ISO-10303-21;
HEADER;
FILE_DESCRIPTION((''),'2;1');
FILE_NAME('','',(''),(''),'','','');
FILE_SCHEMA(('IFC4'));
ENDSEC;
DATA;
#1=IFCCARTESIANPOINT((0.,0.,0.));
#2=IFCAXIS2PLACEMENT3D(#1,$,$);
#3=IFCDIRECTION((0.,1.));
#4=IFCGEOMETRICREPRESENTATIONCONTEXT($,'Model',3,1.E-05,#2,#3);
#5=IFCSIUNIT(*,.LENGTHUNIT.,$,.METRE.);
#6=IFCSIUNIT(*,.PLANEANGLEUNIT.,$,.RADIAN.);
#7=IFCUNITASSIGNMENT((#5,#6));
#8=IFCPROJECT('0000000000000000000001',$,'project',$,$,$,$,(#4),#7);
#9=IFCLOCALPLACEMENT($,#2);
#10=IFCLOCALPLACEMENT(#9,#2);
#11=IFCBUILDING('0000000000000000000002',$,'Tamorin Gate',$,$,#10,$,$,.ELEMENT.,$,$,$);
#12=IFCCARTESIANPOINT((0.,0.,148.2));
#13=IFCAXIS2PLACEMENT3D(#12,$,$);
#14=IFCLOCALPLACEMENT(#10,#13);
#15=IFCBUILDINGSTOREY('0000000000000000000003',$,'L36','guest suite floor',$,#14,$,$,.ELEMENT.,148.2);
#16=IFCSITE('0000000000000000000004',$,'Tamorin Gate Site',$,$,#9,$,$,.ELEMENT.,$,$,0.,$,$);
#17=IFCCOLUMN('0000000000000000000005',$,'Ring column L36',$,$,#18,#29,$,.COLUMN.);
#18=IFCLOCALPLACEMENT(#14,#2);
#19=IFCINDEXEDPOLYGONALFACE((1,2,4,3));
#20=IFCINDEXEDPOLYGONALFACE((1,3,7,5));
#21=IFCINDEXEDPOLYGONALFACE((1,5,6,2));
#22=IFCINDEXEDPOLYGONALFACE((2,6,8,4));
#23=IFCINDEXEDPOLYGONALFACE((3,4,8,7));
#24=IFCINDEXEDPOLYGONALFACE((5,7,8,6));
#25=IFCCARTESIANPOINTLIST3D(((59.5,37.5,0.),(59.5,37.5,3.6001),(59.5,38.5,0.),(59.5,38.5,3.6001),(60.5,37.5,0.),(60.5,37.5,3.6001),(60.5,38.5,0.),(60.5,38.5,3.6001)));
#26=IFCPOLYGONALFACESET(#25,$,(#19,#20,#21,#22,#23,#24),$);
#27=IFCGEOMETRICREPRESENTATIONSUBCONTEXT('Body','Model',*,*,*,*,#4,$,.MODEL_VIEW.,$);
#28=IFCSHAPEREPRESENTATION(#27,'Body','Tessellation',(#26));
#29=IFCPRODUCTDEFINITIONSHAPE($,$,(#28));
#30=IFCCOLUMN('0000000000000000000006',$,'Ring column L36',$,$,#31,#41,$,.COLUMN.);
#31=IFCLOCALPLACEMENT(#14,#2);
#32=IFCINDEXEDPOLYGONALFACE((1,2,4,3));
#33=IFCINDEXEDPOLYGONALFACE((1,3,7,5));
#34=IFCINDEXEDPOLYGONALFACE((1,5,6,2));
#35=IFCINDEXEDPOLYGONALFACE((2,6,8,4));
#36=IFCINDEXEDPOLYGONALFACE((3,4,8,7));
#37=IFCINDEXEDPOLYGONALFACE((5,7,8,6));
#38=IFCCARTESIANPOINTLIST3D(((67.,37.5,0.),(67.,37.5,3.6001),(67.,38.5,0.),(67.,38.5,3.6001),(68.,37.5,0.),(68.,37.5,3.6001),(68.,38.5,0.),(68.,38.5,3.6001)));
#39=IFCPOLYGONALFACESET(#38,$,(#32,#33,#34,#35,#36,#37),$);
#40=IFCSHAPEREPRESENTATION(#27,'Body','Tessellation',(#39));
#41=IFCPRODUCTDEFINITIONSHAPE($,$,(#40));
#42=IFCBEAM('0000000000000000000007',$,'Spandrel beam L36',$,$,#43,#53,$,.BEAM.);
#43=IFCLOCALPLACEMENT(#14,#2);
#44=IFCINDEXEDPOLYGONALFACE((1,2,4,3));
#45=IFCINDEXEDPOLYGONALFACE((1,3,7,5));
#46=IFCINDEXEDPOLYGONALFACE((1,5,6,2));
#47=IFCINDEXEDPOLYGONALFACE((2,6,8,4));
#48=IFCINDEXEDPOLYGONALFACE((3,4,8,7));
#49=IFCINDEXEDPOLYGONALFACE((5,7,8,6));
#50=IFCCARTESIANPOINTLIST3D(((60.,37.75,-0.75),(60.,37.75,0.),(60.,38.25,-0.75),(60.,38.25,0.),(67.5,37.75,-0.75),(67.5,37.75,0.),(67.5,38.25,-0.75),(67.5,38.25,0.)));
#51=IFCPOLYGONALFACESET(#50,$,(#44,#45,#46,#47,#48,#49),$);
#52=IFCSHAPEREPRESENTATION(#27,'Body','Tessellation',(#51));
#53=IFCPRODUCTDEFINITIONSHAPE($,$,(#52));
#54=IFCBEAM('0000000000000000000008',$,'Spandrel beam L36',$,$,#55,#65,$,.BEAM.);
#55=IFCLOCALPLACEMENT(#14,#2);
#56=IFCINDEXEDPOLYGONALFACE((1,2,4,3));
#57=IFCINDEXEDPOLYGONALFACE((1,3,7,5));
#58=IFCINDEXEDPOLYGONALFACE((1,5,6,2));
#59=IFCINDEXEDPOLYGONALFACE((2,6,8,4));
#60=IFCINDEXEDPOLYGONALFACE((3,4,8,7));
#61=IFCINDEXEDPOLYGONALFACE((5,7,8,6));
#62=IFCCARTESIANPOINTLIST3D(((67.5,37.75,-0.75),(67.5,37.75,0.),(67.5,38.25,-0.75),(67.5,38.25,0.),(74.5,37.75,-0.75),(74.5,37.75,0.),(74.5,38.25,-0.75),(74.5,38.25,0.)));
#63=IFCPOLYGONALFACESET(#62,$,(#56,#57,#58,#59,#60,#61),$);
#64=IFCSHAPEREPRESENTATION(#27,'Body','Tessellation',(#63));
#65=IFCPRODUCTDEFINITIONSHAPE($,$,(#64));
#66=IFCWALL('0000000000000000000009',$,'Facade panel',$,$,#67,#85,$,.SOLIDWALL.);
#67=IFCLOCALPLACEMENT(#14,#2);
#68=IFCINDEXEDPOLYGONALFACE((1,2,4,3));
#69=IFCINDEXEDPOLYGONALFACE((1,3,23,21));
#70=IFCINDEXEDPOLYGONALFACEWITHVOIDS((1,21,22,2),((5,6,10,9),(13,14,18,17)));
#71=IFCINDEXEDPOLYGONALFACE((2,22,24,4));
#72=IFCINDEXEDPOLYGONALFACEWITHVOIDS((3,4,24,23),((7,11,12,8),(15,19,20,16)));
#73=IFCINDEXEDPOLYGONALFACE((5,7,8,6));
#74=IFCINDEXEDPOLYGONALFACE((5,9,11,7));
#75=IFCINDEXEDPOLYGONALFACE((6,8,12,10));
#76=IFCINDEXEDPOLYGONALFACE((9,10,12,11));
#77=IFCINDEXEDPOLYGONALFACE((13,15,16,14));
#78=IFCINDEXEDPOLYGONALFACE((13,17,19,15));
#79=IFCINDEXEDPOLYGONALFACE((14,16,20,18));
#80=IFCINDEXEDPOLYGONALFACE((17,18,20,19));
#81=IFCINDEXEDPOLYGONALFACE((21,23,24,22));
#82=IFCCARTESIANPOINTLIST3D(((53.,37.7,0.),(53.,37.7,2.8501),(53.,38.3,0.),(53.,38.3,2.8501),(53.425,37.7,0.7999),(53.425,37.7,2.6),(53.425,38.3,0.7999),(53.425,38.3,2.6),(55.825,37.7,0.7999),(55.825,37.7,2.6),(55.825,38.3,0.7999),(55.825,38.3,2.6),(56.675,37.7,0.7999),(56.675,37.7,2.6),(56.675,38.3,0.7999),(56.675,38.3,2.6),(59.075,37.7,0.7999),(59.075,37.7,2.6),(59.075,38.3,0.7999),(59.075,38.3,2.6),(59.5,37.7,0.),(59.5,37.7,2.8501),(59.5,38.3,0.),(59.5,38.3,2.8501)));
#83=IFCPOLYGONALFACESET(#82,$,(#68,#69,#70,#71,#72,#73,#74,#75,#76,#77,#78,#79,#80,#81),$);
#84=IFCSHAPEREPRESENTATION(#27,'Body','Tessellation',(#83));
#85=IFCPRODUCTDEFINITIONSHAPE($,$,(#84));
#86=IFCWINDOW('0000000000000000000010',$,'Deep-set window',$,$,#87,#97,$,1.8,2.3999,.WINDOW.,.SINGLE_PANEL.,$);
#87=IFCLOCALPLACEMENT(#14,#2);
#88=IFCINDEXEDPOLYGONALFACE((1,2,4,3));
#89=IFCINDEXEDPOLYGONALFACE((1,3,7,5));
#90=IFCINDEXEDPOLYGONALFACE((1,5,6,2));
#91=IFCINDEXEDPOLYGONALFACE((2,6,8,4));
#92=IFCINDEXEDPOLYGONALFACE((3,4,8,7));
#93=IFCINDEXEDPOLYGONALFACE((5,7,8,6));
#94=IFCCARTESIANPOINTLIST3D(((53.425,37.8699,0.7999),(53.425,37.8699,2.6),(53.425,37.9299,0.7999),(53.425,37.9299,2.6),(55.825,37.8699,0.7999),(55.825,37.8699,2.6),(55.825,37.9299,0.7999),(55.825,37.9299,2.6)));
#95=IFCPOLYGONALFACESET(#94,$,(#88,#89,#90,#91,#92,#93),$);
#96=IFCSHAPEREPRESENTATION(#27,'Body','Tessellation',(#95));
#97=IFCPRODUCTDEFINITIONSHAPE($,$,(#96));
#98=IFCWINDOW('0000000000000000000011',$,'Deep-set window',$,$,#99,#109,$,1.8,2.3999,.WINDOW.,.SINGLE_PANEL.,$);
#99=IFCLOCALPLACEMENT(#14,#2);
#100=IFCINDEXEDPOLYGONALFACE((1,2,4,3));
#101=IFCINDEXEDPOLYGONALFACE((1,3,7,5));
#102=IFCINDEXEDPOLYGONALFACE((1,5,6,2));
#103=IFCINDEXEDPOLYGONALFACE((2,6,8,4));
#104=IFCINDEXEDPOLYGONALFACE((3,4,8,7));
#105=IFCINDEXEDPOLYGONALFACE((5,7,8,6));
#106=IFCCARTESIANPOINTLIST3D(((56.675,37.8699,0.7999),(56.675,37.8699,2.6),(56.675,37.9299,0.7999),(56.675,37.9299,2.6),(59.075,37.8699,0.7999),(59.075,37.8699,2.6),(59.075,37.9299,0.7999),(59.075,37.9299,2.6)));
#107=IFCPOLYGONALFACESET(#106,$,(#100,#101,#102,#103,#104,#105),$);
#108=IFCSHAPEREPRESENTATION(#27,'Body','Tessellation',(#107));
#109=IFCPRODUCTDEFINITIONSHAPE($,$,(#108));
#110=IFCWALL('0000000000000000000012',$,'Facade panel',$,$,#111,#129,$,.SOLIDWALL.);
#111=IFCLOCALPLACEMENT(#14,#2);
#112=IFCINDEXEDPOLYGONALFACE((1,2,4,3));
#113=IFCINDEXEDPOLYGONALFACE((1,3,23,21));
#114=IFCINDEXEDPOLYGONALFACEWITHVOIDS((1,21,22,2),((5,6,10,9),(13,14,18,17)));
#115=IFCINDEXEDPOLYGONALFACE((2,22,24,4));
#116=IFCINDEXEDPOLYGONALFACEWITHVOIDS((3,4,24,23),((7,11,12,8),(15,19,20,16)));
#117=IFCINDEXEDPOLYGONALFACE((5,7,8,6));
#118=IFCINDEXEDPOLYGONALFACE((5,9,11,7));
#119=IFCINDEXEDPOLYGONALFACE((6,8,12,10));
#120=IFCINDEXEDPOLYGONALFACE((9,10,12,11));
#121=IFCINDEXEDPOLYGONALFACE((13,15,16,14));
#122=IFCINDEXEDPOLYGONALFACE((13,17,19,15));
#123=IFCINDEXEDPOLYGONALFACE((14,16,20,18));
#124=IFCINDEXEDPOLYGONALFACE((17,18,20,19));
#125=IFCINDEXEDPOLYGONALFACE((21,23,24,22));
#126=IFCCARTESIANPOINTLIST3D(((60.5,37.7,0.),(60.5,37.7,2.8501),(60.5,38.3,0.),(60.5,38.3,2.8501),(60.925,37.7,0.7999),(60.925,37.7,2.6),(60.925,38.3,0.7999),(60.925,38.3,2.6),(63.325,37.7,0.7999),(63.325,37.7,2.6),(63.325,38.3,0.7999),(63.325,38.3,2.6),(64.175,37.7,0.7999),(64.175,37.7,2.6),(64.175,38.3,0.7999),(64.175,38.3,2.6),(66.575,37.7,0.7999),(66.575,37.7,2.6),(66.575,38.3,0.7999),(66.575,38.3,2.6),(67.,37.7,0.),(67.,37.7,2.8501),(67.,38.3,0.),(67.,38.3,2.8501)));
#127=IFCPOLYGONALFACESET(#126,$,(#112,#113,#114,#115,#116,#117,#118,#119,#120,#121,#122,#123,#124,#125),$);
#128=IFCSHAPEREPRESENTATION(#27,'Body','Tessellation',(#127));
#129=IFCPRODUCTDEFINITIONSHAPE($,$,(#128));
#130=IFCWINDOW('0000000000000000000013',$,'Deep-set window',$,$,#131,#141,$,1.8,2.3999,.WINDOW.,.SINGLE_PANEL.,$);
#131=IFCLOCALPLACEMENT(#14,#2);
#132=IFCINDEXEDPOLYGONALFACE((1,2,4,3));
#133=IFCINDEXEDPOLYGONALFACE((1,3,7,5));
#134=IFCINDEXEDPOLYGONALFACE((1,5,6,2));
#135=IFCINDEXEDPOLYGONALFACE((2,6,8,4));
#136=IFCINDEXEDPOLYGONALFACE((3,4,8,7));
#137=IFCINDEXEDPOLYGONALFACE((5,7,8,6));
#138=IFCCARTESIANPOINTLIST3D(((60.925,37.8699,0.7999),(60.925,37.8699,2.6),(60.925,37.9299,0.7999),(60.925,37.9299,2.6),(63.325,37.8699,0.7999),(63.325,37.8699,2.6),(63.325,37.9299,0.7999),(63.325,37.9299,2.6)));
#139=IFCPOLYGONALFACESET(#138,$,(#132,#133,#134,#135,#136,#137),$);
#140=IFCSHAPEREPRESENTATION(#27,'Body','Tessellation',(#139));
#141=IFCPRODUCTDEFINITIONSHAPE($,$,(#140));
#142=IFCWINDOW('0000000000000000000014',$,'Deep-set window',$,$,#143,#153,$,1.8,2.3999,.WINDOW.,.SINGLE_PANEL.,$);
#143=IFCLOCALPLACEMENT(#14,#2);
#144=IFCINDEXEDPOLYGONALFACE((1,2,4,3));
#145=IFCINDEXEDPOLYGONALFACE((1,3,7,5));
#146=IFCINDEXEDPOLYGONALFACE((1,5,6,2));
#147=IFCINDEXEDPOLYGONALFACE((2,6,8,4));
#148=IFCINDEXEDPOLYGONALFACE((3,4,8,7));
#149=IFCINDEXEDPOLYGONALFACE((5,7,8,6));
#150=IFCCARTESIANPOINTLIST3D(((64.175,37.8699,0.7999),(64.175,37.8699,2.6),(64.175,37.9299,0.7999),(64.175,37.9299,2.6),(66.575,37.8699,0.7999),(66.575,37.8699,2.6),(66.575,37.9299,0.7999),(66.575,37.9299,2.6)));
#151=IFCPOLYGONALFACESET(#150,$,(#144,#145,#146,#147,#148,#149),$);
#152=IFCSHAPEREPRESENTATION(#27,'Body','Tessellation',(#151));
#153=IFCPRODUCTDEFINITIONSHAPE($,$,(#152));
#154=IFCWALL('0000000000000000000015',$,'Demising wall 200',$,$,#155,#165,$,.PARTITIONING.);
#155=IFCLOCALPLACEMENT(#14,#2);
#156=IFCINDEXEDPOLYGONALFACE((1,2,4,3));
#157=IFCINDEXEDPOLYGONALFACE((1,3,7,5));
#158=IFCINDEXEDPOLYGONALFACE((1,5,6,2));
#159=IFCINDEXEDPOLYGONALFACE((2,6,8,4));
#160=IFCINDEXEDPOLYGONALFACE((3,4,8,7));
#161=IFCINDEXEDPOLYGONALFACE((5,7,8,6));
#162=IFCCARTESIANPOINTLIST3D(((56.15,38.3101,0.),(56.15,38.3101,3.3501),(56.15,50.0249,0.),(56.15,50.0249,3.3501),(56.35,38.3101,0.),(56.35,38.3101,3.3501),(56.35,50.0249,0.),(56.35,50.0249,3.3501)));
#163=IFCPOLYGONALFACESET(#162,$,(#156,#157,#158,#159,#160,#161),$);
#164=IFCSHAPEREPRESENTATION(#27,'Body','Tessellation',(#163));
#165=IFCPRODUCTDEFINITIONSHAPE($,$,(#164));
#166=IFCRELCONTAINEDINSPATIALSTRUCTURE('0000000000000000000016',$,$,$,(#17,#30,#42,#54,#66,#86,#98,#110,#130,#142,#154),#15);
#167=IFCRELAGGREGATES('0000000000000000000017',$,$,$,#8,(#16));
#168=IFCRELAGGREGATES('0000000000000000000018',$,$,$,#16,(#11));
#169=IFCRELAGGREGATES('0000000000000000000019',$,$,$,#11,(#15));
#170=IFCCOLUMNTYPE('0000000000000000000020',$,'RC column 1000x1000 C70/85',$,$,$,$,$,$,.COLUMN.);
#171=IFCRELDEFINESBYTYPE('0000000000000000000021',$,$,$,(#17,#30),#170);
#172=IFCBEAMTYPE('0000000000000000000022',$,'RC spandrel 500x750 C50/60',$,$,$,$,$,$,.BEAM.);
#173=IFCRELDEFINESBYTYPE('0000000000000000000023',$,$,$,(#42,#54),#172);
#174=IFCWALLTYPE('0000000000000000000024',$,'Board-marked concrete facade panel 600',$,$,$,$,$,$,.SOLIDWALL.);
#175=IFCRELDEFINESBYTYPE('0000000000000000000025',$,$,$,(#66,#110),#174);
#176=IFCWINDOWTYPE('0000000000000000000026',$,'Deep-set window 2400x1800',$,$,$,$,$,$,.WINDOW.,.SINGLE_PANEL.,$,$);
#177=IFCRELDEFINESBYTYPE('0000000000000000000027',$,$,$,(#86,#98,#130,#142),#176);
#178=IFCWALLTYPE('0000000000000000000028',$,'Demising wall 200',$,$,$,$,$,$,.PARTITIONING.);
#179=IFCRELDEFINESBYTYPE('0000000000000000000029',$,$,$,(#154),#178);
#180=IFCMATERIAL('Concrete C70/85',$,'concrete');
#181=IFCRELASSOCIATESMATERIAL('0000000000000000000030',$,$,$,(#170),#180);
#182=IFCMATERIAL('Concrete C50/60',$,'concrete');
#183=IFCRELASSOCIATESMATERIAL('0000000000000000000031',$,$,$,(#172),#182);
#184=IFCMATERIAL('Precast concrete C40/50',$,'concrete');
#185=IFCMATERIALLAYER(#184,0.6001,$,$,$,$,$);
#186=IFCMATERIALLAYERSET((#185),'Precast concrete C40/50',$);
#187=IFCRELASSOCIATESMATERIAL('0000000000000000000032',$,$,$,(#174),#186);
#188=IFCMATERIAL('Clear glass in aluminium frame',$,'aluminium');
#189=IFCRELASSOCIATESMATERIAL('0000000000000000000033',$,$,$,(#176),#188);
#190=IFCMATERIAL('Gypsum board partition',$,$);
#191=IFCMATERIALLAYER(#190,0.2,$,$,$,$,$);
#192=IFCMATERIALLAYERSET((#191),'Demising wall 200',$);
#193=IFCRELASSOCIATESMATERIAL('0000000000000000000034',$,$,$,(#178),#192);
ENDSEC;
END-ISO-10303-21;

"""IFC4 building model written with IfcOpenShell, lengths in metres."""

from ifc_helpers import new_model, si_unit, direction, frame, frame_2d, origin, origin_2d, place, context, subcontext, project, spatial, rectangle, extrude, material, layer, layer_set, material_profile, profile_set, type_object, element, fill, save


model = new_model("IFC4")

# Units and contexts
model_context = context("Model", 3, precision=1e-05, world=origin(), true_north=direction((0.0, 1.0)))
body_context = subcontext(model_context, "Body", "Model", "MODEL_VIEW")
ifc_project = project(units=[si_unit("LENGTHUNIT", "METRE"), si_unit("PLANEANGLEUNIT", "RADIAN")], contexts=[model_context])

# Site, building, storey
site_placement = place(None, origin())
site = spatial("IfcSite", under=ifc_project, at=site_placement, Name="Tamorin Gate Site", CompositionType="ELEMENT", RefElevation=0.0)
building_placement = place(site_placement, origin())
building = spatial("IfcBuilding", under=site, at=building_placement, Name="Tamorin Gate", CompositionType="ELEMENT")
storey_placement = place(building_placement, frame((0.0, 0.0, 148.2)))
storey = spatial("IfcBuildingStorey", under=building, at=storey_placement, Name="L36", Description="guest suite floor", CompositionType="ELEMENT", Elevation=148.2)

# Columns
ifc_material_1 = material(Name="Concrete C70/85", Category="concrete")
ifc_material_profile_1 = material_profile(ifc_material_1, rectangle(XDim=1.0, YDim=1.0, at=origin_2d()), Name="RC 1000x1000")
ifc_profile_set_1 = profile_set([ifc_material_profile_1], Name="Concrete C70/85")
column_type = type_object("IfcColumnType", Name="RC column 1000x1000 C70/85", PredefinedType="COLUMN", material=ifc_profile_set_1)
for number, where, z_axis, x_axis, name in (
    (1, (60.0, 38.0, 0.0), (0.0, 0.0, 1.0), (1.0, 0.0, 0.0), "Ring column L36"),
    (2, (67.5, 38.0, 0.0), (0.0, 0.0, 1.0), (1.0, 0.0, 0.0), "Ring column L36"),
):
    element("IfcColumn", number, at=place(storey_placement, frame(where, z_axis=z_axis, x_axis=x_axis)), inside=storey, type_object=column_type, Name=name, PredefinedType="COLUMN", context=body_context, shape_type="SweptSolid", body=[
        extrude(rectangle(XDim=1.0, YDim=1.0, at=origin_2d()), origin(), (0.0, 0.0, 1.0), 3.6001),
    ])

# Beams
ifc_material_2 = material(Name="Concrete C50/60", Category="concrete")
ifc_material_profile_2 = material_profile(ifc_material_2, rectangle(XDim=0.5, YDim=0.75, at=origin_2d()), Name="RC 500x750")
ifc_profile_set_2 = profile_set([ifc_material_profile_2], Name="Concrete C50/60")
beam_type = type_object("IfcBeamType", Name="RC spandrel 500x750 C50/60", PredefinedType="BEAM", material=ifc_profile_set_2)
beam_1_placement = place(storey_placement, frame((60.0, 38.0, -0.375), z_axis=(1.0, 0.0, 0.0), x_axis=(0.0, 1.0, 0.0)))
element("IfcBeam", 3, at=beam_1_placement, inside=storey, type_object=beam_type, Name="Spandrel beam L36", PredefinedType="BEAM", context=body_context, shape_type="SweptSolid", body=[
    extrude(rectangle(XDim=0.5, YDim=0.75, at=origin_2d()), origin(), (0.0, 0.0, 1.0), 7.5),
])
beam_2_placement = place(storey_placement, frame((67.5, 38.0, -0.375), z_axis=(1.0, 0.0, 0.0), x_axis=(0.0, 1.0, 0.0)))
element("IfcBeam", 4, at=beam_2_placement, inside=storey, type_object=beam_type, Name="Spandrel beam L36", PredefinedType="BEAM", context=body_context, shape_type="SweptSolid", body=[
    extrude(rectangle(XDim=0.5, YDim=0.75, at=origin_2d()), origin(), (0.0, 0.0, 1.0), 7.0),
])

# Walls, openings, windows
ifc_material_3 = material(Name="Precast concrete C40/50", Category="concrete")
ifc_layer_1 = layer(ifc_material_3, 0.6001)
ifc_layer_set_1 = layer_set([ifc_layer_1], Name="Precast concrete C40/50")
wall_type_1 = type_object("IfcWallType", Name="Board-marked concrete facade panel 600", PredefinedType="SOLIDWALL", material=ifc_layer_set_1)
wall_1_placement = place(storey_placement, frame((53.0, 38.0, 0.0), z_axis=(0.0, 0.0, 1.0), x_axis=(1.0, 0.0, 0.0)))
wall_1 = element("IfcWall", 5, at=wall_1_placement, inside=storey, type_object=wall_type_1, Name="Facade panel", PredefinedType="SOLIDWALL", context=body_context, shape_type="SweptSolid", body=[
    extrude(rectangle(XDim=6.5, YDim=0.6001, at=frame_2d((3.25, 0.0))), origin(), (0.0, 0.0, 1.0), 2.8501),
])
opening_1_placement = place(wall_1_placement, frame((0.425, 0.0, 0.8)))
opening_1 = element("IfcOpeningElement", 6, at=opening_1_placement, cuts=wall_1, PredefinedType="OPENING", context=body_context, shape_type="SweptSolid", body=[
    extrude(rectangle(XDim=2.3999, YDim=1.8, at=frame_2d((1.2, 0.8999))), frame((0.0, 0.3101, 0.0), z_axis=(0.0, -1.0, 0.0), x_axis=(1.0, 0.0, 0.0)), (0.0, 0.0, 1.0), 0.6201),
])
opening_2_placement = place(wall_1_placement, frame((3.675, 0.0, 0.8)))
opening_2 = element("IfcOpeningElement", 7, at=opening_2_placement, cuts=wall_1, PredefinedType="OPENING", context=body_context, shape_type="SweptSolid", body=[
    extrude(rectangle(XDim=2.3999, YDim=1.8, at=frame_2d((1.2, 0.8999))), frame((0.0, 0.3101, 0.0), z_axis=(0.0, -1.0, 0.0), x_axis=(1.0, 0.0, 0.0)), (0.0, 0.0, 1.0), 0.6201),
])
ifc_material_4 = material(Name="Clear glass in aluminium frame", Category="aluminium")
window_type = type_object("IfcWindowType", Name="Deep-set window 2400x1800", PartitioningType="SINGLE_PANEL", PredefinedType="WINDOW", material=ifc_material_4)
window_1_placement = place(opening_1_placement, origin())
window_1 = element("IfcWindow", 8, at=window_1_placement, inside=storey, type_object=window_type, Name="Deep-set window", OverallHeight=1.8, OverallWidth=2.3999, PartitioningType="SINGLE_PANEL", PredefinedType="WINDOW", context=body_context, shape_type="SweptSolid", body=[
    extrude(rectangle(XDim=2.3999, YDim=1.8, at=frame_2d((1.2, 0.8999))), frame((0.0, -0.0701, 0.0), z_axis=(0.0, -1.0, 0.0), x_axis=(1.0, 0.0, 0.0)), (0.0, 0.0, 1.0), 0.0601),
])
fill(opening_1, window_1)
window_2_placement = place(opening_2_placement, origin())
window_2 = element("IfcWindow", 9, at=window_2_placement, inside=storey, type_object=window_type, Name="Deep-set window", OverallHeight=1.8, OverallWidth=2.3999, PartitioningType="SINGLE_PANEL", PredefinedType="WINDOW", context=body_context, shape_type="SweptSolid", body=[
    extrude(rectangle(XDim=2.3999, YDim=1.8, at=frame_2d((1.2, 0.8999))), frame((0.0, -0.0701, 0.0), z_axis=(0.0, -1.0, 0.0), x_axis=(1.0, 0.0, 0.0)), (0.0, 0.0, 1.0), 0.0601),
])
fill(opening_2, window_2)
wall_2_placement = place(storey_placement, frame((60.5, 38.0, 0.0), z_axis=(0.0, 0.0, 1.0), x_axis=(1.0, 0.0, 0.0)))
wall_2 = element("IfcWall", 10, at=wall_2_placement, inside=storey, type_object=wall_type_1, Name="Facade panel", PredefinedType="SOLIDWALL", context=body_context, shape_type="SweptSolid", body=[
    extrude(rectangle(XDim=6.5, YDim=0.6001, at=frame_2d((3.25, 0.0))), origin(), (0.0, 0.0, 1.0), 2.8501),
])
opening_3_placement = place(wall_2_placement, frame((0.425, 0.0, 0.8)))
opening_3 = element("IfcOpeningElement", 11, at=opening_3_placement, cuts=wall_2, PredefinedType="OPENING", context=body_context, shape_type="SweptSolid", body=[
    extrude(rectangle(XDim=2.3999, YDim=1.8, at=frame_2d((1.2, 0.8999))), frame((0.0, 0.3101, 0.0), z_axis=(0.0, -1.0, 0.0), x_axis=(1.0, 0.0, 0.0)), (0.0, 0.0, 1.0), 0.6201),
])
opening_4_placement = place(wall_2_placement, frame((3.675, 0.0, 0.8)))
opening_4 = element("IfcOpeningElement", 12, at=opening_4_placement, cuts=wall_2, PredefinedType="OPENING", context=body_context, shape_type="SweptSolid", body=[
    extrude(rectangle(XDim=2.3999, YDim=1.8, at=frame_2d((1.2, 0.8999))), frame((0.0, 0.3101, 0.0), z_axis=(0.0, -1.0, 0.0), x_axis=(1.0, 0.0, 0.0)), (0.0, 0.0, 1.0), 0.6201),
])
window_3_placement = place(opening_3_placement, origin())
window_3 = element("IfcWindow", 13, at=window_3_placement, inside=storey, type_object=window_type, Name="Deep-set window", OverallHeight=1.8, OverallWidth=2.3999, PartitioningType="SINGLE_PANEL", PredefinedType="WINDOW", context=body_context, shape_type="SweptSolid", body=[
    extrude(rectangle(XDim=2.3999, YDim=1.8, at=frame_2d((1.2, 0.8999))), frame((0.0, -0.0701, 0.0), z_axis=(0.0, -1.0, 0.0), x_axis=(1.0, 0.0, 0.0)), (0.0, 0.0, 1.0), 0.0601),
])
fill(opening_3, window_3)
window_4_placement = place(opening_4_placement, origin())
window_4 = element("IfcWindow", 14, at=window_4_placement, inside=storey, type_object=window_type, Name="Deep-set window", OverallHeight=1.8, OverallWidth=2.3999, PartitioningType="SINGLE_PANEL", PredefinedType="WINDOW", context=body_context, shape_type="SweptSolid", body=[
    extrude(rectangle(XDim=2.3999, YDim=1.8, at=frame_2d((1.2, 0.8999))), frame((0.0, -0.0701, 0.0), z_axis=(0.0, -1.0, 0.0), x_axis=(1.0, 0.0, 0.0)), (0.0, 0.0, 1.0), 0.0601),
])
fill(opening_4, window_4)

# Wall
ifc_material_5 = material(Name="Gypsum board partition")
ifc_layer_2 = layer(ifc_material_5, 0.2)
ifc_layer_set_2 = layer_set([ifc_layer_2], Name="Demising wall 200")
wall_type_2 = type_object("IfcWallType", Name="Demising wall 200", PredefinedType="PARTITIONING", material=ifc_layer_set_2)
wall_3_placement = place(storey_placement, frame((56.25, 38.3101, 0.0), z_axis=(0.0, 0.0, 1.0), x_axis=(0.0, 1.0, 0.0)))
element("IfcWall", 15, at=wall_3_placement, inside=storey, type_object=wall_type_2, Name="Demising wall 200", PredefinedType="PARTITIONING", context=body_context, shape_type="SweptSolid", body=[
    extrude(rectangle(XDim=11.7148, YDim=0.2, at=frame_2d((5.8574, 0.0))), origin(), (0.0, 0.0, 1.0), 3.3501),
])

save(model, "model.ifc")
